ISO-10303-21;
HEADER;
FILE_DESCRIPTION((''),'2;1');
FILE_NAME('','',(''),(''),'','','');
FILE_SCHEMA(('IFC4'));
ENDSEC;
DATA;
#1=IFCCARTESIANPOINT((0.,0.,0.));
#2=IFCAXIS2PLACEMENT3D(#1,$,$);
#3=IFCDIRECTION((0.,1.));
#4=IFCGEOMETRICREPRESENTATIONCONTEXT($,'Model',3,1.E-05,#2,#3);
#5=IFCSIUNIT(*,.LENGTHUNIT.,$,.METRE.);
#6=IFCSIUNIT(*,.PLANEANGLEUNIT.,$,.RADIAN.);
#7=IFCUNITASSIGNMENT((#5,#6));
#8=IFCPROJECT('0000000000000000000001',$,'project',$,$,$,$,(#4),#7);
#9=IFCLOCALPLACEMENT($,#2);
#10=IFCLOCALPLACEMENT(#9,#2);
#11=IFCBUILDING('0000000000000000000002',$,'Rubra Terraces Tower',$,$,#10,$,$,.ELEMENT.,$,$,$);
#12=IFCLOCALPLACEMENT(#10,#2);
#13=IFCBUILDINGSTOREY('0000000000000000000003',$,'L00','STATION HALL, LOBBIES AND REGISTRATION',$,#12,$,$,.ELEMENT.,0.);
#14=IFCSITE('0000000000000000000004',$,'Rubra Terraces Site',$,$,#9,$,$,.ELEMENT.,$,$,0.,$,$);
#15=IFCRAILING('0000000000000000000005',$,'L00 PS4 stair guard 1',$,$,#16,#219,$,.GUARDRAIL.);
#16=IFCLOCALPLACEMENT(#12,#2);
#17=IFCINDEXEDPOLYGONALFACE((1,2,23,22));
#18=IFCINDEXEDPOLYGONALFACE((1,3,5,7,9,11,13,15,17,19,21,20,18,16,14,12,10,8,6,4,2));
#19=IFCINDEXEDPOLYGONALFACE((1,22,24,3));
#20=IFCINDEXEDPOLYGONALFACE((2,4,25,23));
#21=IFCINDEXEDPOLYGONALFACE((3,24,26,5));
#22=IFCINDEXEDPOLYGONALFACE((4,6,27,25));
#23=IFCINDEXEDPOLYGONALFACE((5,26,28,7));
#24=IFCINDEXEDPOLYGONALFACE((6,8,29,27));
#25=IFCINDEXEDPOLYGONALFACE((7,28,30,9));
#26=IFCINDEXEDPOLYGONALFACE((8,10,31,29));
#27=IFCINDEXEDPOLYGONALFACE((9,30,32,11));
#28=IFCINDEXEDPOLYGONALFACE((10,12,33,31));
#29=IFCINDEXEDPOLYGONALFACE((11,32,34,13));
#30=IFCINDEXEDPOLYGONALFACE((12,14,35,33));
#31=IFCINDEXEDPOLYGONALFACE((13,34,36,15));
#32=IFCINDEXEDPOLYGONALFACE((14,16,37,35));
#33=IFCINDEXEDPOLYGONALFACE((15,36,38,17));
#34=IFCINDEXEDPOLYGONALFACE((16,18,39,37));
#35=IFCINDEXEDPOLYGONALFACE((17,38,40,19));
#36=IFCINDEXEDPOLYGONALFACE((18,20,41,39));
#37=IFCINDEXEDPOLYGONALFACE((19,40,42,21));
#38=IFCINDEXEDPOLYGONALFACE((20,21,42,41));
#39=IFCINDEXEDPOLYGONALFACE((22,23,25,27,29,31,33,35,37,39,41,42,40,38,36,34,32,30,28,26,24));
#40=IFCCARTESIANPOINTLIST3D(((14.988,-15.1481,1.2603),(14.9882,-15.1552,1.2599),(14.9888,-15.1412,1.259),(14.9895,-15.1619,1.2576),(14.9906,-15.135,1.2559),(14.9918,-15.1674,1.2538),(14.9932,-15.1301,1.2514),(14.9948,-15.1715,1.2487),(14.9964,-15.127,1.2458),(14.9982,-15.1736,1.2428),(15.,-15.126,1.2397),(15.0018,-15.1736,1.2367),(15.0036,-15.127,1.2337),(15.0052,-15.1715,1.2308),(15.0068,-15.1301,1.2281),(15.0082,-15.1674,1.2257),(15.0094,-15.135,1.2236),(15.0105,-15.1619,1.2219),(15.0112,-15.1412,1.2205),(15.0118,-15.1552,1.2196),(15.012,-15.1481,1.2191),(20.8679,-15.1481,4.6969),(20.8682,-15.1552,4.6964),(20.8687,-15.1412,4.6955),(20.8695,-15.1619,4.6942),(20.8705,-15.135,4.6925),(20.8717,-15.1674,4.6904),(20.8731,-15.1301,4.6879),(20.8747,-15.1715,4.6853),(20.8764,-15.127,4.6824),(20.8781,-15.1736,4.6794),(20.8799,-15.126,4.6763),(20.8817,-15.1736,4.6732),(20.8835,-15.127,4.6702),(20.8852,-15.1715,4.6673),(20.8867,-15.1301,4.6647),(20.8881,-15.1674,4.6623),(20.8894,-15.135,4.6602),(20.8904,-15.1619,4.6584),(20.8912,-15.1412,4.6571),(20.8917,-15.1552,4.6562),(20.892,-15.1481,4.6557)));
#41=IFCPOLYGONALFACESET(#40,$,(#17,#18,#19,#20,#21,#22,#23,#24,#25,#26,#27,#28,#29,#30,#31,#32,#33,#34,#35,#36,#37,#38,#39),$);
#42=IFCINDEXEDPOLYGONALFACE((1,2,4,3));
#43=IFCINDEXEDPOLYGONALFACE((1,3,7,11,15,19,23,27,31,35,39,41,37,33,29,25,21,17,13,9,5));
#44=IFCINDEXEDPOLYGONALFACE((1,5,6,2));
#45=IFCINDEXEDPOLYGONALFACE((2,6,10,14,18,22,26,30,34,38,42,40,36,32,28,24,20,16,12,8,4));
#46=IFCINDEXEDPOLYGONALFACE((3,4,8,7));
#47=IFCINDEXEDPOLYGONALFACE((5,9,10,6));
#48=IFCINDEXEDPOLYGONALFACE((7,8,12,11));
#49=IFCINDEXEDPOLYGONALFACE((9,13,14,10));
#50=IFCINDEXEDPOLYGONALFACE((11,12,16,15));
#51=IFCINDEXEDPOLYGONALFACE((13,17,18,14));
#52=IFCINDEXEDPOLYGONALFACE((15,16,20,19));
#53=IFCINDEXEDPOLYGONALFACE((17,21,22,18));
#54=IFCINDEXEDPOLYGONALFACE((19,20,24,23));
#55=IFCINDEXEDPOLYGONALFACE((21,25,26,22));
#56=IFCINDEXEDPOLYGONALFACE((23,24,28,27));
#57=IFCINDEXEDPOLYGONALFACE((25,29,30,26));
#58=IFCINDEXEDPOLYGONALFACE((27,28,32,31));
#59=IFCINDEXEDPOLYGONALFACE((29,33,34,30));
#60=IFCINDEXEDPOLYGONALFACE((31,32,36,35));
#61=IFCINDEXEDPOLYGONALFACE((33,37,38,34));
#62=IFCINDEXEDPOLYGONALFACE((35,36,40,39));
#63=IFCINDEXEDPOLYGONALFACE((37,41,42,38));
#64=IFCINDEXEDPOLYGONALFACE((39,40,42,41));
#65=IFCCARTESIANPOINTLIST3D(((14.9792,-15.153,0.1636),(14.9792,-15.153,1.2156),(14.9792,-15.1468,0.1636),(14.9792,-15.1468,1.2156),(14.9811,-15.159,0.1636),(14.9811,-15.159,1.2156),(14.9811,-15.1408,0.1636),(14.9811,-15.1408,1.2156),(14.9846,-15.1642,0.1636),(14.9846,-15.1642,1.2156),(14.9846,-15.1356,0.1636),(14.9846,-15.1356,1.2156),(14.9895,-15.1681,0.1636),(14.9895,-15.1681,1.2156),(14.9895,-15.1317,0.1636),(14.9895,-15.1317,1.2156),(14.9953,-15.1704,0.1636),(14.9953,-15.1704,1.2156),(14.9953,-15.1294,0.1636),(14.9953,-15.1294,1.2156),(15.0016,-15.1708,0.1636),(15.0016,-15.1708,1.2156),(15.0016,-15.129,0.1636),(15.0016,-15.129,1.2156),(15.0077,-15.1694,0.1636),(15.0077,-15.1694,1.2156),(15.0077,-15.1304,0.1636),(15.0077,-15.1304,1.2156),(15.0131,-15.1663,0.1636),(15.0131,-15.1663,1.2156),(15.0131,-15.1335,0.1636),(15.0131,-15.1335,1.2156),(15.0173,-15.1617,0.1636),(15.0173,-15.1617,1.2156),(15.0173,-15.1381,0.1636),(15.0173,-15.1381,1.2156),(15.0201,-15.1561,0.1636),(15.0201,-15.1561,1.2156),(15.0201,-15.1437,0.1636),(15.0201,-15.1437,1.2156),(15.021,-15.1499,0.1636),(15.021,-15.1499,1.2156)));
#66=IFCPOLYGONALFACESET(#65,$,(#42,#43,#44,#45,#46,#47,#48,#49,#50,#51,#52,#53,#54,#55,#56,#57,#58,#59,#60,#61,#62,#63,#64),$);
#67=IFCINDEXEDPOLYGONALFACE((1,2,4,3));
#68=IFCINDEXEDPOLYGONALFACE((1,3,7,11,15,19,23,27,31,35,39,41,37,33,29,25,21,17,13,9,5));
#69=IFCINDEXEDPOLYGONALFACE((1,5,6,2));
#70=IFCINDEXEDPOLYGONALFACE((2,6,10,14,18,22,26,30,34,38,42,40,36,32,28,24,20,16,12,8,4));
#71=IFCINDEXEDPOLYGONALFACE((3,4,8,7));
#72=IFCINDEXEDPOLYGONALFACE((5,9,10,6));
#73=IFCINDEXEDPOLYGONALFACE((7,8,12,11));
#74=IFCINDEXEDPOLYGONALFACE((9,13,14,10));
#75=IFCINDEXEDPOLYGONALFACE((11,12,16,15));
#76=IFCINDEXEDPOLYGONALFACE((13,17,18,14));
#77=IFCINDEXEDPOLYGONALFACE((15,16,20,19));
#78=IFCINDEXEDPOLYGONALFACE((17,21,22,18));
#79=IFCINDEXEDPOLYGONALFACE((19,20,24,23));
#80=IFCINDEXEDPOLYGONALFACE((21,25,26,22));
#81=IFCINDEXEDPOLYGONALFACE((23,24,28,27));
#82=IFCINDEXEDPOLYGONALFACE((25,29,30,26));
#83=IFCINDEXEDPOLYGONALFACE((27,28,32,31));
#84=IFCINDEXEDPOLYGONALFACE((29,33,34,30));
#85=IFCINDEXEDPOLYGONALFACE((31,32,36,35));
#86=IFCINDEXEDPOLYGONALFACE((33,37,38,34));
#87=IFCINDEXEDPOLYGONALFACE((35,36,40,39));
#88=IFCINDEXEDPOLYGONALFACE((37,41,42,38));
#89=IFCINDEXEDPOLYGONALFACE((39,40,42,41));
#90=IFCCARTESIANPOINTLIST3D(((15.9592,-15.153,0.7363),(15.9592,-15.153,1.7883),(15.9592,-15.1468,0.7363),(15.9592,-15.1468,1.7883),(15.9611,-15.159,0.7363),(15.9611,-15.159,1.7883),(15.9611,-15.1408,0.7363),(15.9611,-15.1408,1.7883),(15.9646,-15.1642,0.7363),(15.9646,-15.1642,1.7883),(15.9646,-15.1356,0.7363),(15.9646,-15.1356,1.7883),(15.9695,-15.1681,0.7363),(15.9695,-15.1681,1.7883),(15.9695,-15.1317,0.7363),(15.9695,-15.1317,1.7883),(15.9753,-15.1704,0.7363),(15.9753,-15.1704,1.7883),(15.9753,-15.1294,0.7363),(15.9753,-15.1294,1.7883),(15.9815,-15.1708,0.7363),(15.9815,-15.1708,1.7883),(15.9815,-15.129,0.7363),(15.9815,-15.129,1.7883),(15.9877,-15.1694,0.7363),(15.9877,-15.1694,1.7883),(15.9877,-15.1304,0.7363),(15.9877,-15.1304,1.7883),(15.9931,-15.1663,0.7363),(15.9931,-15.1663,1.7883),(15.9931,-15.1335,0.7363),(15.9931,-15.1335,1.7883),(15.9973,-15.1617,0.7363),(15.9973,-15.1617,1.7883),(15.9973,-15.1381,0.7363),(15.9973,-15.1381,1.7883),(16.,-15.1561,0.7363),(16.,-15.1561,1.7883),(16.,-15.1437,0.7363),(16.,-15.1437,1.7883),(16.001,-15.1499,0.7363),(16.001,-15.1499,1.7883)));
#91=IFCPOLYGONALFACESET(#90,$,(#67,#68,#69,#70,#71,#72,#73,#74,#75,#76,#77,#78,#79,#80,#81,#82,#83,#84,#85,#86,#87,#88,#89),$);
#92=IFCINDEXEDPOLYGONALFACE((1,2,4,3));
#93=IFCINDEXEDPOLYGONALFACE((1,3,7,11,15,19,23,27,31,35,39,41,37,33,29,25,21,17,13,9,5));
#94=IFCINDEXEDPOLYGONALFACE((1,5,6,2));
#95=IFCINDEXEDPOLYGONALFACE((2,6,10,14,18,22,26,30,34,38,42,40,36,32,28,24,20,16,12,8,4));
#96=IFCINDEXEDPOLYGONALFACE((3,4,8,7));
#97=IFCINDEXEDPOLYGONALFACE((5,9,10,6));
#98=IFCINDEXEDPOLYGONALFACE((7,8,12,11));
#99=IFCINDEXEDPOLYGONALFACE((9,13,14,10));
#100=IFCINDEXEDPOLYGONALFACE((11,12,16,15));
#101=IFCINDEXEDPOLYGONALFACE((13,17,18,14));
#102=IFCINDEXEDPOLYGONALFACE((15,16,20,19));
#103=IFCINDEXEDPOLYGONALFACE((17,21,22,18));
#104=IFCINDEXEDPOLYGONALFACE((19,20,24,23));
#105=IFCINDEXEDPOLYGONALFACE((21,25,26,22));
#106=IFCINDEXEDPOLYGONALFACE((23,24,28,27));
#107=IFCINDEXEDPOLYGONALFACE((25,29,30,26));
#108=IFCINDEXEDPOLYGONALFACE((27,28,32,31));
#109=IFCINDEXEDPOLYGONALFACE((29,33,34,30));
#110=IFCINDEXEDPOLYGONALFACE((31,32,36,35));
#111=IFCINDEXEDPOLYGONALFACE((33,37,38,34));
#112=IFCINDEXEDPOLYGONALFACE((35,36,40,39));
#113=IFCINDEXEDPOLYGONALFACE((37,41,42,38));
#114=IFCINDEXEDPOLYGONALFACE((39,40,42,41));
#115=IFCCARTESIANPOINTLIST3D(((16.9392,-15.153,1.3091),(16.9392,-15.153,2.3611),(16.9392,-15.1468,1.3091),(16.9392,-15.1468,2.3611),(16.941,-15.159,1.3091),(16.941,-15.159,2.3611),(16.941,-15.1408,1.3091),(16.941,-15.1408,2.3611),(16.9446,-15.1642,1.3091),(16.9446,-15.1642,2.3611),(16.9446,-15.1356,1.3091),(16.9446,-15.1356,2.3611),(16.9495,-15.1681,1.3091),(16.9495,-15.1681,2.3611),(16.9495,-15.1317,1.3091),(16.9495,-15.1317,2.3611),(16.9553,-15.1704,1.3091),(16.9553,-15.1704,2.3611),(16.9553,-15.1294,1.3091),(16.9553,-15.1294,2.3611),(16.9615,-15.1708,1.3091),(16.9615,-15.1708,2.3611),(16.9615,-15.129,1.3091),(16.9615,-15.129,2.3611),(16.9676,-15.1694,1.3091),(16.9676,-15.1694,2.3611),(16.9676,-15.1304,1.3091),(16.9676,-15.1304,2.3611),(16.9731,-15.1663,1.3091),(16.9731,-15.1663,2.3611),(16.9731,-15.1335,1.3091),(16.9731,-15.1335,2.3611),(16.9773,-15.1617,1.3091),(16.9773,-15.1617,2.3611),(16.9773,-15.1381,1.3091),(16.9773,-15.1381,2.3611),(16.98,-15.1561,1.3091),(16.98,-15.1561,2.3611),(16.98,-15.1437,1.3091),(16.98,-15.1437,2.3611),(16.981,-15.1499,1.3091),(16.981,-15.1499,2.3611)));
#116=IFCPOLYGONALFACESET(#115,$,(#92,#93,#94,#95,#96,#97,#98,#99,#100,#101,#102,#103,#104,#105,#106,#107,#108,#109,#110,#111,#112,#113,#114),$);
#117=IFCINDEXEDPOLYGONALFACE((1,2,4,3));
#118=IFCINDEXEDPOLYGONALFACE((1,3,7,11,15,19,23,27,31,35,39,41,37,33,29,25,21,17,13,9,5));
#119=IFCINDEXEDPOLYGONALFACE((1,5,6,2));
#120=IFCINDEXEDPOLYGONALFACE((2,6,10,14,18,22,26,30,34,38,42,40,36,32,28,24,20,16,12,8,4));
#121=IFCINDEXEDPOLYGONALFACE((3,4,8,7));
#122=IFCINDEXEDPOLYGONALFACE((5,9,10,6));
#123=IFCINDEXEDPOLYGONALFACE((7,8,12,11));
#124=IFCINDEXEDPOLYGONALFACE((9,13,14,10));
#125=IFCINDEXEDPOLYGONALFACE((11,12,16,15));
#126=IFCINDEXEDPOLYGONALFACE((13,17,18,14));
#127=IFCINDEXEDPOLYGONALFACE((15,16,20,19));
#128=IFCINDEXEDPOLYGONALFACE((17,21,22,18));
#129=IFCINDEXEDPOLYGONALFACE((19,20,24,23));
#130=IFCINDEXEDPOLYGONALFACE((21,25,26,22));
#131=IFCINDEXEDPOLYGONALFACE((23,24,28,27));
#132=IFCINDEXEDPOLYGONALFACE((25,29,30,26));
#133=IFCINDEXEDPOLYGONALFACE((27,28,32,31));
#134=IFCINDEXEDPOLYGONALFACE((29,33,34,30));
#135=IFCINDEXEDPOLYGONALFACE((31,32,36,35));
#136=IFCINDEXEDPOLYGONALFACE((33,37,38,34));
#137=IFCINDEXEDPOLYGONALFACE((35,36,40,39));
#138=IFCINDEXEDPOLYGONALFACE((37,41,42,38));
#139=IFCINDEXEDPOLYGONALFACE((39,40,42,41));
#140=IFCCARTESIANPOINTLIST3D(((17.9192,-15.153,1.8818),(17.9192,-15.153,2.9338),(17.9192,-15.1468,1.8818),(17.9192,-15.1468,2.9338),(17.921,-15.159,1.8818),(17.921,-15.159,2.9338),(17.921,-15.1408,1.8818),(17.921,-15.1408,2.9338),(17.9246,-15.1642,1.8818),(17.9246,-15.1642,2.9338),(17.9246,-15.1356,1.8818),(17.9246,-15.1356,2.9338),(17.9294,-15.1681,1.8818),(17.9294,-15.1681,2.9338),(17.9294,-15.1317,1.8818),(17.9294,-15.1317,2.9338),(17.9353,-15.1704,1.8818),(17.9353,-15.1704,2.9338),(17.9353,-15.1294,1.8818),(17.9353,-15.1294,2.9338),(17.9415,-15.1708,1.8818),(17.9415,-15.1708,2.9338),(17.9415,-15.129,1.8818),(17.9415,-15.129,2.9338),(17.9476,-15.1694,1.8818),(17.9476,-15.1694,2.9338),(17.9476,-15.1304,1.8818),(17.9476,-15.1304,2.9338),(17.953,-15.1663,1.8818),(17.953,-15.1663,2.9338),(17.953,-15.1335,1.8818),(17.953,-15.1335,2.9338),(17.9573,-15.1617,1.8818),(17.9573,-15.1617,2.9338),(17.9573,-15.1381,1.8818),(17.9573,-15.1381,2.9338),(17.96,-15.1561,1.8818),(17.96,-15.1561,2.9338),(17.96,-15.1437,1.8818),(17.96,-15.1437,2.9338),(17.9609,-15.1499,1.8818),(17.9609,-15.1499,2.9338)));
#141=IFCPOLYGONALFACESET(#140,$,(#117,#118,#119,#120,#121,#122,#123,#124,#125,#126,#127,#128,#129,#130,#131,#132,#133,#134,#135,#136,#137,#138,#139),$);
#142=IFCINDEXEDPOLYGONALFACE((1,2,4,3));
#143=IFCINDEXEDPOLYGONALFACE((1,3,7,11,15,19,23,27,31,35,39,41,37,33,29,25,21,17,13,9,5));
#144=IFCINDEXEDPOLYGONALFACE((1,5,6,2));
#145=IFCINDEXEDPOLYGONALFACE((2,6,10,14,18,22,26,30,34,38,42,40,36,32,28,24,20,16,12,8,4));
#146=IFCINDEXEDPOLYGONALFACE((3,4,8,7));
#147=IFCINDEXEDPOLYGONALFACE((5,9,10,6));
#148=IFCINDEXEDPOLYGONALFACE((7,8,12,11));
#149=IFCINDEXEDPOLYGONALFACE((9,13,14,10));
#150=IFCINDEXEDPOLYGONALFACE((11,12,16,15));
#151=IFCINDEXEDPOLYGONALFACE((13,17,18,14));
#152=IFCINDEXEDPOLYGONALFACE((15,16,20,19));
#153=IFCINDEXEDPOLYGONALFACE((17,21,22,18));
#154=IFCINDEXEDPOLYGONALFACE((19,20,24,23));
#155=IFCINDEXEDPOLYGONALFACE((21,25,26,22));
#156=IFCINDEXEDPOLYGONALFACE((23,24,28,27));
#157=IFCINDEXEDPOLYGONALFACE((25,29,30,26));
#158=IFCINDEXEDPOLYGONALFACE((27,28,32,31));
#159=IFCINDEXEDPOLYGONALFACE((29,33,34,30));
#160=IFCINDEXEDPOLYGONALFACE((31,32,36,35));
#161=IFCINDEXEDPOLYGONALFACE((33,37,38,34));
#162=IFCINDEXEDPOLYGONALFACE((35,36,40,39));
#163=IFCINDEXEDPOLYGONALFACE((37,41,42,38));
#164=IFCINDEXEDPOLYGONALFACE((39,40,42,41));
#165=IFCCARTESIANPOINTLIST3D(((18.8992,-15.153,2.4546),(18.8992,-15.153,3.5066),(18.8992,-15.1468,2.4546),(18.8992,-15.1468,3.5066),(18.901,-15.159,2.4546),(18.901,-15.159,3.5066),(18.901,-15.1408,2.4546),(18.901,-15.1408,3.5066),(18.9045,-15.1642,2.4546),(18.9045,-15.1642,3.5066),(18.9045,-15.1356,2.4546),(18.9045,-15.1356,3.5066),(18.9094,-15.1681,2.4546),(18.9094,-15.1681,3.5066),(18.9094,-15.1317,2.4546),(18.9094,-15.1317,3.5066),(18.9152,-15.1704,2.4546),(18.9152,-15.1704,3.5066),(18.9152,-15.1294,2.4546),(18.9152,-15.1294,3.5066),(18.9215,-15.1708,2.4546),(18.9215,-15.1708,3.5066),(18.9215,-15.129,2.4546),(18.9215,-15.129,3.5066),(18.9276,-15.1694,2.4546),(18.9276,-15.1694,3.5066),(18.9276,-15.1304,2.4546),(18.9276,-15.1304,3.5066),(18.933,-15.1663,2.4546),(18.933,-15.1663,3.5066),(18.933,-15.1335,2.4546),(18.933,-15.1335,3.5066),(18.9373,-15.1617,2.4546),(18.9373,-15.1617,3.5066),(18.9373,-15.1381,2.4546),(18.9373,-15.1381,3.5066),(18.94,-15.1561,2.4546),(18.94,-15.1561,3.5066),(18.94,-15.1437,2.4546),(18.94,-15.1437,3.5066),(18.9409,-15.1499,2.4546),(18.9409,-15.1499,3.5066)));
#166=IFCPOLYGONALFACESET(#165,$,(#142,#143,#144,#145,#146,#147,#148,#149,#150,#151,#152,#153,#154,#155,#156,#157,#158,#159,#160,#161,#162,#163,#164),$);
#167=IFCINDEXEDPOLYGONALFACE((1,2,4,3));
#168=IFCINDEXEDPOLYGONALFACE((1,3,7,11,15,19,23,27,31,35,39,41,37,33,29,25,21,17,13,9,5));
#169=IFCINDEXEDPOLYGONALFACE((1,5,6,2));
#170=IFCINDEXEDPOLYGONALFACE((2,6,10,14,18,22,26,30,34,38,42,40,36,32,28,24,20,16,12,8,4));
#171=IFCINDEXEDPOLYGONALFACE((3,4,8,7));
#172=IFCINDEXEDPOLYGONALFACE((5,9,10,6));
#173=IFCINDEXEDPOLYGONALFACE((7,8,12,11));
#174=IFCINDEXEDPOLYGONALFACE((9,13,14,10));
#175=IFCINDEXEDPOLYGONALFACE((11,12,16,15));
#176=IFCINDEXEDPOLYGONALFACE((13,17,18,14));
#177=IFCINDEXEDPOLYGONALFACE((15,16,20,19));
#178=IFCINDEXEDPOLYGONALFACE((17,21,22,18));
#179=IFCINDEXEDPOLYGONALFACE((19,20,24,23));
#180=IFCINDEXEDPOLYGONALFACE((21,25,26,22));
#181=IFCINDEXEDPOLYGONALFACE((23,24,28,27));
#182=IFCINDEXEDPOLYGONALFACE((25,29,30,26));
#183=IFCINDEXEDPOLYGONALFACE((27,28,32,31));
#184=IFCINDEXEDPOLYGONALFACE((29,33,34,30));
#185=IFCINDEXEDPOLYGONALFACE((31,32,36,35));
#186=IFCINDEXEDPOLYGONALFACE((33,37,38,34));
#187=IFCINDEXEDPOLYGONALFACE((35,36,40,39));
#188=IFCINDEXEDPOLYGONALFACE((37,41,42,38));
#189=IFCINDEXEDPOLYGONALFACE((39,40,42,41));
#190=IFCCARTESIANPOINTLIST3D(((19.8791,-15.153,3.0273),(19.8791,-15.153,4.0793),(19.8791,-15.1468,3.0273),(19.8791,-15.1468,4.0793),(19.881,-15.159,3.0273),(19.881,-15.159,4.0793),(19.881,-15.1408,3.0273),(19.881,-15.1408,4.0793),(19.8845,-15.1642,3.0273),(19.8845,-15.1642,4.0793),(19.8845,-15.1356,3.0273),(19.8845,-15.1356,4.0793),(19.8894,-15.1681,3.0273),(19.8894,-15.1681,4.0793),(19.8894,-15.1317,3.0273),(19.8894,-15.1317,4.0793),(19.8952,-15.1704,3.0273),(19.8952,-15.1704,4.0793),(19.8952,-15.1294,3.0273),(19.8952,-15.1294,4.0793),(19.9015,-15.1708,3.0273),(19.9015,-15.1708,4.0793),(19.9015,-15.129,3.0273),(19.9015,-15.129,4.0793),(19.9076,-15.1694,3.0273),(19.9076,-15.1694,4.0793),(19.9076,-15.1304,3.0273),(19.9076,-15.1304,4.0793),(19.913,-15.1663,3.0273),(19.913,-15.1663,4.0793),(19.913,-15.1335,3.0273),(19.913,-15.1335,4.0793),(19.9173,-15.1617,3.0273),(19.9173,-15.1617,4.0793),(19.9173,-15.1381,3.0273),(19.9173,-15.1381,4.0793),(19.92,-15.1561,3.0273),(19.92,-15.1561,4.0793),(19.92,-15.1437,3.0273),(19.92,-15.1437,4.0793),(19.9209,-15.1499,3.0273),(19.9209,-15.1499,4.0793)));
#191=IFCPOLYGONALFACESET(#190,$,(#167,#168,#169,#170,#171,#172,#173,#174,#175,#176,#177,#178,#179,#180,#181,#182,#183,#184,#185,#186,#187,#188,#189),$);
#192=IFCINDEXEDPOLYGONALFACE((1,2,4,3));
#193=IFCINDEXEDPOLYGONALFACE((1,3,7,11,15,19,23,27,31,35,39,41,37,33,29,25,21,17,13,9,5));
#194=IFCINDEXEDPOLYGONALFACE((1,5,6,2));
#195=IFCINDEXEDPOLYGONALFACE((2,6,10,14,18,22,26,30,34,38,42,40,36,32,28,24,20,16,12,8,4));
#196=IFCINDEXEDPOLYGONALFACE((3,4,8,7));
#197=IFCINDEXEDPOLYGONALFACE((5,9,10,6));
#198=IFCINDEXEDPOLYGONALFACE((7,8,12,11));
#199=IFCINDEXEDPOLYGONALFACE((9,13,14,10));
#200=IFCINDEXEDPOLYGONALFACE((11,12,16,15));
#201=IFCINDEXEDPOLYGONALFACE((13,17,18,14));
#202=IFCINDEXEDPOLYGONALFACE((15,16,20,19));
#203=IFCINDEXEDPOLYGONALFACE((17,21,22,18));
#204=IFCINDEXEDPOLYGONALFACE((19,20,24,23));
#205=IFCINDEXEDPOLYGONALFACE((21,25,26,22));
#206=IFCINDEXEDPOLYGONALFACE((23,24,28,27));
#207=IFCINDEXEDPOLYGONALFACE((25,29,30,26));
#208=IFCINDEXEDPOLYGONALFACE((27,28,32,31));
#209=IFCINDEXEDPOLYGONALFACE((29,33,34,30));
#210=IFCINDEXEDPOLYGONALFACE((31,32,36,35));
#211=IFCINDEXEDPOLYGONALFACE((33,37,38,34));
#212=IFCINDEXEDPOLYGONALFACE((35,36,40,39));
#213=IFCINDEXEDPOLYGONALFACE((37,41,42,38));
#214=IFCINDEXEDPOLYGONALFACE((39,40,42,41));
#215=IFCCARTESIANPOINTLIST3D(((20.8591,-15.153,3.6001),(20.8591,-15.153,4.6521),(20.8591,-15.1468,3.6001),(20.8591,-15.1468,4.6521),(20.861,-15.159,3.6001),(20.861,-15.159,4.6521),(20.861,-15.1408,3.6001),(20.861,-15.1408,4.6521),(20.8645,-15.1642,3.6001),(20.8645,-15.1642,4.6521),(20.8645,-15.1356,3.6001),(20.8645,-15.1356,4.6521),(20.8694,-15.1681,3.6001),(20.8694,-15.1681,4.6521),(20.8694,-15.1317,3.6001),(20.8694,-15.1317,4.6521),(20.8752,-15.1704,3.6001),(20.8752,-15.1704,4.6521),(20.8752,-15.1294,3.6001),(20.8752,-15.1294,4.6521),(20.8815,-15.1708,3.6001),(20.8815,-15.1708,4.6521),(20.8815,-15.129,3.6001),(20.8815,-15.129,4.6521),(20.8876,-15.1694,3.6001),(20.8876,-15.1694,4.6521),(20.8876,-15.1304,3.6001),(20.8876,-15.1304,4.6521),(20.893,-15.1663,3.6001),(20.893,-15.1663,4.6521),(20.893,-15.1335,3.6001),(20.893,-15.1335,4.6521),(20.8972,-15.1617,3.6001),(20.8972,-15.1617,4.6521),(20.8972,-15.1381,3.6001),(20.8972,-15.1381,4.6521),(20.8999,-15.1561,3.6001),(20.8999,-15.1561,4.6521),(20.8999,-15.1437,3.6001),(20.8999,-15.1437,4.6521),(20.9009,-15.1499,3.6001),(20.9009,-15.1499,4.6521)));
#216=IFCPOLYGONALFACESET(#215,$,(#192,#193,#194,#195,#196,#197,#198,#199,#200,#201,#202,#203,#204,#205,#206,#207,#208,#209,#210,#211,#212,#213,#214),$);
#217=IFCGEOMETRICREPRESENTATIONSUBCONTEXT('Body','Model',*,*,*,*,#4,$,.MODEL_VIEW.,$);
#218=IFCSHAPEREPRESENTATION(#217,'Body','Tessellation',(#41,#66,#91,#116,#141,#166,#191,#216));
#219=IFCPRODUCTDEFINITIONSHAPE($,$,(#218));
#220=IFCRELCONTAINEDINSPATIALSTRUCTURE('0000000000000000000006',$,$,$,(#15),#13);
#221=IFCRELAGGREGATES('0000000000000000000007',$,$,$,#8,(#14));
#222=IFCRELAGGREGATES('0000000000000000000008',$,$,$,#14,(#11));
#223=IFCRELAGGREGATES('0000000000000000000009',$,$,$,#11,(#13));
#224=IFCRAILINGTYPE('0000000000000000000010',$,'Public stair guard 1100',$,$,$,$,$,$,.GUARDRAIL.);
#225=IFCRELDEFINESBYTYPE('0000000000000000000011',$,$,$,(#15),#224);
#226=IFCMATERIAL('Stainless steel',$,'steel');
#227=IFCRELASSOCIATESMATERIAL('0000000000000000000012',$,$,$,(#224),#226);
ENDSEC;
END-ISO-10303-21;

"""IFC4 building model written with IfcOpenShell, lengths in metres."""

from ifc_helpers import new_model, si_unit, direction, frame, origin, origin_2d, place, context, subcontext, project, spatial, circle, extrude, material, type_object, element, save


model = new_model("IFC4")

# Units and contexts
model_context = context("Model", 3, precision=1e-05, world=origin(), true_north=direction((0.0, 1.0)))
body_context = subcontext(model_context, "Body", "Model", "MODEL_VIEW")
ifc_project = project(units=[si_unit("LENGTHUNIT", "METRE"), si_unit("PLANEANGLEUNIT", "RADIAN")], contexts=[model_context])

# Site, building, storey
site_placement = place(None, origin())
site = spatial("IfcSite", under=ifc_project, at=site_placement, Name="Rubra Terraces Site", CompositionType="ELEMENT", RefElevation=0.0)
building_placement = place(site_placement, origin())
building = spatial("IfcBuilding", under=site, at=building_placement, Name="Rubra Terraces Tower", CompositionType="ELEMENT")
storey_placement = place(building_placement, origin())
storey = spatial("IfcBuildingStorey", under=building, at=storey_placement, Name="L00", Description="STATION HALL, LOBBIES AND REGISTRATION", CompositionType="ELEMENT", Elevation=0.0)

# Railing
ifc_material_1 = material(Name="Stainless steel", Category="steel")
railing_type_1 = type_object("IfcRailingType", Name="Public stair guard 1100", PredefinedType="GUARDRAIL", material=ifc_material_1)
railing_1_placement = place(storey_placement, frame((15.0, -15.1499, 0.1636)))
element("IfcRailing", 1, at=railing_1_placement, inside=storey, type_object=railing_type_1, Name="L00 PS4 stair guard 1", PredefinedType="GUARDRAIL", context=body_context, shape_type="SweptSolid", body=[
    extrude(circle(Radius=0.0239, at=origin_2d()), frame((0.0, 0.0, 1.0762), z_axis=(0.863357, 0.0, 0.504593), x_axis=(0.0, 1.0, 0.0)), (0.0, 0.0, 1.0), 6.8105),
    extrude(circle(Radius=0.021, at=origin_2d()), origin(), (0.0, 0.0, 1.0), 1.052),
    extrude(circle(Radius=0.021, at=origin_2d()), frame((0.98, 0.0, 0.5728)), (0.0, 0.0, 1.0), 1.052),
    extrude(circle(Radius=0.021, at=origin_2d()), frame((1.96, 0.0, 1.1455)), (0.0, 0.0, 1.0), 1.052),
    extrude(circle(Radius=0.021, at=origin_2d()), frame((2.9399, 0.0, 1.7183)), (0.0, 0.0, 1.0), 1.052),
    extrude(circle(Radius=0.021, at=origin_2d()), frame((3.9199, 0.0, 2.291)), (0.0, 0.0, 1.0), 1.052),
    extrude(circle(Radius=0.021, at=origin_2d()), frame((4.8999, 0.0, 2.8638)), (0.0, 0.0, 1.0), 1.052),
    extrude(circle(Radius=0.021, at=origin_2d()), frame((5.8799, 0.0, 3.4365)), (0.0, 0.0, 1.0), 1.052),
])

save(model, "model.ifc")
